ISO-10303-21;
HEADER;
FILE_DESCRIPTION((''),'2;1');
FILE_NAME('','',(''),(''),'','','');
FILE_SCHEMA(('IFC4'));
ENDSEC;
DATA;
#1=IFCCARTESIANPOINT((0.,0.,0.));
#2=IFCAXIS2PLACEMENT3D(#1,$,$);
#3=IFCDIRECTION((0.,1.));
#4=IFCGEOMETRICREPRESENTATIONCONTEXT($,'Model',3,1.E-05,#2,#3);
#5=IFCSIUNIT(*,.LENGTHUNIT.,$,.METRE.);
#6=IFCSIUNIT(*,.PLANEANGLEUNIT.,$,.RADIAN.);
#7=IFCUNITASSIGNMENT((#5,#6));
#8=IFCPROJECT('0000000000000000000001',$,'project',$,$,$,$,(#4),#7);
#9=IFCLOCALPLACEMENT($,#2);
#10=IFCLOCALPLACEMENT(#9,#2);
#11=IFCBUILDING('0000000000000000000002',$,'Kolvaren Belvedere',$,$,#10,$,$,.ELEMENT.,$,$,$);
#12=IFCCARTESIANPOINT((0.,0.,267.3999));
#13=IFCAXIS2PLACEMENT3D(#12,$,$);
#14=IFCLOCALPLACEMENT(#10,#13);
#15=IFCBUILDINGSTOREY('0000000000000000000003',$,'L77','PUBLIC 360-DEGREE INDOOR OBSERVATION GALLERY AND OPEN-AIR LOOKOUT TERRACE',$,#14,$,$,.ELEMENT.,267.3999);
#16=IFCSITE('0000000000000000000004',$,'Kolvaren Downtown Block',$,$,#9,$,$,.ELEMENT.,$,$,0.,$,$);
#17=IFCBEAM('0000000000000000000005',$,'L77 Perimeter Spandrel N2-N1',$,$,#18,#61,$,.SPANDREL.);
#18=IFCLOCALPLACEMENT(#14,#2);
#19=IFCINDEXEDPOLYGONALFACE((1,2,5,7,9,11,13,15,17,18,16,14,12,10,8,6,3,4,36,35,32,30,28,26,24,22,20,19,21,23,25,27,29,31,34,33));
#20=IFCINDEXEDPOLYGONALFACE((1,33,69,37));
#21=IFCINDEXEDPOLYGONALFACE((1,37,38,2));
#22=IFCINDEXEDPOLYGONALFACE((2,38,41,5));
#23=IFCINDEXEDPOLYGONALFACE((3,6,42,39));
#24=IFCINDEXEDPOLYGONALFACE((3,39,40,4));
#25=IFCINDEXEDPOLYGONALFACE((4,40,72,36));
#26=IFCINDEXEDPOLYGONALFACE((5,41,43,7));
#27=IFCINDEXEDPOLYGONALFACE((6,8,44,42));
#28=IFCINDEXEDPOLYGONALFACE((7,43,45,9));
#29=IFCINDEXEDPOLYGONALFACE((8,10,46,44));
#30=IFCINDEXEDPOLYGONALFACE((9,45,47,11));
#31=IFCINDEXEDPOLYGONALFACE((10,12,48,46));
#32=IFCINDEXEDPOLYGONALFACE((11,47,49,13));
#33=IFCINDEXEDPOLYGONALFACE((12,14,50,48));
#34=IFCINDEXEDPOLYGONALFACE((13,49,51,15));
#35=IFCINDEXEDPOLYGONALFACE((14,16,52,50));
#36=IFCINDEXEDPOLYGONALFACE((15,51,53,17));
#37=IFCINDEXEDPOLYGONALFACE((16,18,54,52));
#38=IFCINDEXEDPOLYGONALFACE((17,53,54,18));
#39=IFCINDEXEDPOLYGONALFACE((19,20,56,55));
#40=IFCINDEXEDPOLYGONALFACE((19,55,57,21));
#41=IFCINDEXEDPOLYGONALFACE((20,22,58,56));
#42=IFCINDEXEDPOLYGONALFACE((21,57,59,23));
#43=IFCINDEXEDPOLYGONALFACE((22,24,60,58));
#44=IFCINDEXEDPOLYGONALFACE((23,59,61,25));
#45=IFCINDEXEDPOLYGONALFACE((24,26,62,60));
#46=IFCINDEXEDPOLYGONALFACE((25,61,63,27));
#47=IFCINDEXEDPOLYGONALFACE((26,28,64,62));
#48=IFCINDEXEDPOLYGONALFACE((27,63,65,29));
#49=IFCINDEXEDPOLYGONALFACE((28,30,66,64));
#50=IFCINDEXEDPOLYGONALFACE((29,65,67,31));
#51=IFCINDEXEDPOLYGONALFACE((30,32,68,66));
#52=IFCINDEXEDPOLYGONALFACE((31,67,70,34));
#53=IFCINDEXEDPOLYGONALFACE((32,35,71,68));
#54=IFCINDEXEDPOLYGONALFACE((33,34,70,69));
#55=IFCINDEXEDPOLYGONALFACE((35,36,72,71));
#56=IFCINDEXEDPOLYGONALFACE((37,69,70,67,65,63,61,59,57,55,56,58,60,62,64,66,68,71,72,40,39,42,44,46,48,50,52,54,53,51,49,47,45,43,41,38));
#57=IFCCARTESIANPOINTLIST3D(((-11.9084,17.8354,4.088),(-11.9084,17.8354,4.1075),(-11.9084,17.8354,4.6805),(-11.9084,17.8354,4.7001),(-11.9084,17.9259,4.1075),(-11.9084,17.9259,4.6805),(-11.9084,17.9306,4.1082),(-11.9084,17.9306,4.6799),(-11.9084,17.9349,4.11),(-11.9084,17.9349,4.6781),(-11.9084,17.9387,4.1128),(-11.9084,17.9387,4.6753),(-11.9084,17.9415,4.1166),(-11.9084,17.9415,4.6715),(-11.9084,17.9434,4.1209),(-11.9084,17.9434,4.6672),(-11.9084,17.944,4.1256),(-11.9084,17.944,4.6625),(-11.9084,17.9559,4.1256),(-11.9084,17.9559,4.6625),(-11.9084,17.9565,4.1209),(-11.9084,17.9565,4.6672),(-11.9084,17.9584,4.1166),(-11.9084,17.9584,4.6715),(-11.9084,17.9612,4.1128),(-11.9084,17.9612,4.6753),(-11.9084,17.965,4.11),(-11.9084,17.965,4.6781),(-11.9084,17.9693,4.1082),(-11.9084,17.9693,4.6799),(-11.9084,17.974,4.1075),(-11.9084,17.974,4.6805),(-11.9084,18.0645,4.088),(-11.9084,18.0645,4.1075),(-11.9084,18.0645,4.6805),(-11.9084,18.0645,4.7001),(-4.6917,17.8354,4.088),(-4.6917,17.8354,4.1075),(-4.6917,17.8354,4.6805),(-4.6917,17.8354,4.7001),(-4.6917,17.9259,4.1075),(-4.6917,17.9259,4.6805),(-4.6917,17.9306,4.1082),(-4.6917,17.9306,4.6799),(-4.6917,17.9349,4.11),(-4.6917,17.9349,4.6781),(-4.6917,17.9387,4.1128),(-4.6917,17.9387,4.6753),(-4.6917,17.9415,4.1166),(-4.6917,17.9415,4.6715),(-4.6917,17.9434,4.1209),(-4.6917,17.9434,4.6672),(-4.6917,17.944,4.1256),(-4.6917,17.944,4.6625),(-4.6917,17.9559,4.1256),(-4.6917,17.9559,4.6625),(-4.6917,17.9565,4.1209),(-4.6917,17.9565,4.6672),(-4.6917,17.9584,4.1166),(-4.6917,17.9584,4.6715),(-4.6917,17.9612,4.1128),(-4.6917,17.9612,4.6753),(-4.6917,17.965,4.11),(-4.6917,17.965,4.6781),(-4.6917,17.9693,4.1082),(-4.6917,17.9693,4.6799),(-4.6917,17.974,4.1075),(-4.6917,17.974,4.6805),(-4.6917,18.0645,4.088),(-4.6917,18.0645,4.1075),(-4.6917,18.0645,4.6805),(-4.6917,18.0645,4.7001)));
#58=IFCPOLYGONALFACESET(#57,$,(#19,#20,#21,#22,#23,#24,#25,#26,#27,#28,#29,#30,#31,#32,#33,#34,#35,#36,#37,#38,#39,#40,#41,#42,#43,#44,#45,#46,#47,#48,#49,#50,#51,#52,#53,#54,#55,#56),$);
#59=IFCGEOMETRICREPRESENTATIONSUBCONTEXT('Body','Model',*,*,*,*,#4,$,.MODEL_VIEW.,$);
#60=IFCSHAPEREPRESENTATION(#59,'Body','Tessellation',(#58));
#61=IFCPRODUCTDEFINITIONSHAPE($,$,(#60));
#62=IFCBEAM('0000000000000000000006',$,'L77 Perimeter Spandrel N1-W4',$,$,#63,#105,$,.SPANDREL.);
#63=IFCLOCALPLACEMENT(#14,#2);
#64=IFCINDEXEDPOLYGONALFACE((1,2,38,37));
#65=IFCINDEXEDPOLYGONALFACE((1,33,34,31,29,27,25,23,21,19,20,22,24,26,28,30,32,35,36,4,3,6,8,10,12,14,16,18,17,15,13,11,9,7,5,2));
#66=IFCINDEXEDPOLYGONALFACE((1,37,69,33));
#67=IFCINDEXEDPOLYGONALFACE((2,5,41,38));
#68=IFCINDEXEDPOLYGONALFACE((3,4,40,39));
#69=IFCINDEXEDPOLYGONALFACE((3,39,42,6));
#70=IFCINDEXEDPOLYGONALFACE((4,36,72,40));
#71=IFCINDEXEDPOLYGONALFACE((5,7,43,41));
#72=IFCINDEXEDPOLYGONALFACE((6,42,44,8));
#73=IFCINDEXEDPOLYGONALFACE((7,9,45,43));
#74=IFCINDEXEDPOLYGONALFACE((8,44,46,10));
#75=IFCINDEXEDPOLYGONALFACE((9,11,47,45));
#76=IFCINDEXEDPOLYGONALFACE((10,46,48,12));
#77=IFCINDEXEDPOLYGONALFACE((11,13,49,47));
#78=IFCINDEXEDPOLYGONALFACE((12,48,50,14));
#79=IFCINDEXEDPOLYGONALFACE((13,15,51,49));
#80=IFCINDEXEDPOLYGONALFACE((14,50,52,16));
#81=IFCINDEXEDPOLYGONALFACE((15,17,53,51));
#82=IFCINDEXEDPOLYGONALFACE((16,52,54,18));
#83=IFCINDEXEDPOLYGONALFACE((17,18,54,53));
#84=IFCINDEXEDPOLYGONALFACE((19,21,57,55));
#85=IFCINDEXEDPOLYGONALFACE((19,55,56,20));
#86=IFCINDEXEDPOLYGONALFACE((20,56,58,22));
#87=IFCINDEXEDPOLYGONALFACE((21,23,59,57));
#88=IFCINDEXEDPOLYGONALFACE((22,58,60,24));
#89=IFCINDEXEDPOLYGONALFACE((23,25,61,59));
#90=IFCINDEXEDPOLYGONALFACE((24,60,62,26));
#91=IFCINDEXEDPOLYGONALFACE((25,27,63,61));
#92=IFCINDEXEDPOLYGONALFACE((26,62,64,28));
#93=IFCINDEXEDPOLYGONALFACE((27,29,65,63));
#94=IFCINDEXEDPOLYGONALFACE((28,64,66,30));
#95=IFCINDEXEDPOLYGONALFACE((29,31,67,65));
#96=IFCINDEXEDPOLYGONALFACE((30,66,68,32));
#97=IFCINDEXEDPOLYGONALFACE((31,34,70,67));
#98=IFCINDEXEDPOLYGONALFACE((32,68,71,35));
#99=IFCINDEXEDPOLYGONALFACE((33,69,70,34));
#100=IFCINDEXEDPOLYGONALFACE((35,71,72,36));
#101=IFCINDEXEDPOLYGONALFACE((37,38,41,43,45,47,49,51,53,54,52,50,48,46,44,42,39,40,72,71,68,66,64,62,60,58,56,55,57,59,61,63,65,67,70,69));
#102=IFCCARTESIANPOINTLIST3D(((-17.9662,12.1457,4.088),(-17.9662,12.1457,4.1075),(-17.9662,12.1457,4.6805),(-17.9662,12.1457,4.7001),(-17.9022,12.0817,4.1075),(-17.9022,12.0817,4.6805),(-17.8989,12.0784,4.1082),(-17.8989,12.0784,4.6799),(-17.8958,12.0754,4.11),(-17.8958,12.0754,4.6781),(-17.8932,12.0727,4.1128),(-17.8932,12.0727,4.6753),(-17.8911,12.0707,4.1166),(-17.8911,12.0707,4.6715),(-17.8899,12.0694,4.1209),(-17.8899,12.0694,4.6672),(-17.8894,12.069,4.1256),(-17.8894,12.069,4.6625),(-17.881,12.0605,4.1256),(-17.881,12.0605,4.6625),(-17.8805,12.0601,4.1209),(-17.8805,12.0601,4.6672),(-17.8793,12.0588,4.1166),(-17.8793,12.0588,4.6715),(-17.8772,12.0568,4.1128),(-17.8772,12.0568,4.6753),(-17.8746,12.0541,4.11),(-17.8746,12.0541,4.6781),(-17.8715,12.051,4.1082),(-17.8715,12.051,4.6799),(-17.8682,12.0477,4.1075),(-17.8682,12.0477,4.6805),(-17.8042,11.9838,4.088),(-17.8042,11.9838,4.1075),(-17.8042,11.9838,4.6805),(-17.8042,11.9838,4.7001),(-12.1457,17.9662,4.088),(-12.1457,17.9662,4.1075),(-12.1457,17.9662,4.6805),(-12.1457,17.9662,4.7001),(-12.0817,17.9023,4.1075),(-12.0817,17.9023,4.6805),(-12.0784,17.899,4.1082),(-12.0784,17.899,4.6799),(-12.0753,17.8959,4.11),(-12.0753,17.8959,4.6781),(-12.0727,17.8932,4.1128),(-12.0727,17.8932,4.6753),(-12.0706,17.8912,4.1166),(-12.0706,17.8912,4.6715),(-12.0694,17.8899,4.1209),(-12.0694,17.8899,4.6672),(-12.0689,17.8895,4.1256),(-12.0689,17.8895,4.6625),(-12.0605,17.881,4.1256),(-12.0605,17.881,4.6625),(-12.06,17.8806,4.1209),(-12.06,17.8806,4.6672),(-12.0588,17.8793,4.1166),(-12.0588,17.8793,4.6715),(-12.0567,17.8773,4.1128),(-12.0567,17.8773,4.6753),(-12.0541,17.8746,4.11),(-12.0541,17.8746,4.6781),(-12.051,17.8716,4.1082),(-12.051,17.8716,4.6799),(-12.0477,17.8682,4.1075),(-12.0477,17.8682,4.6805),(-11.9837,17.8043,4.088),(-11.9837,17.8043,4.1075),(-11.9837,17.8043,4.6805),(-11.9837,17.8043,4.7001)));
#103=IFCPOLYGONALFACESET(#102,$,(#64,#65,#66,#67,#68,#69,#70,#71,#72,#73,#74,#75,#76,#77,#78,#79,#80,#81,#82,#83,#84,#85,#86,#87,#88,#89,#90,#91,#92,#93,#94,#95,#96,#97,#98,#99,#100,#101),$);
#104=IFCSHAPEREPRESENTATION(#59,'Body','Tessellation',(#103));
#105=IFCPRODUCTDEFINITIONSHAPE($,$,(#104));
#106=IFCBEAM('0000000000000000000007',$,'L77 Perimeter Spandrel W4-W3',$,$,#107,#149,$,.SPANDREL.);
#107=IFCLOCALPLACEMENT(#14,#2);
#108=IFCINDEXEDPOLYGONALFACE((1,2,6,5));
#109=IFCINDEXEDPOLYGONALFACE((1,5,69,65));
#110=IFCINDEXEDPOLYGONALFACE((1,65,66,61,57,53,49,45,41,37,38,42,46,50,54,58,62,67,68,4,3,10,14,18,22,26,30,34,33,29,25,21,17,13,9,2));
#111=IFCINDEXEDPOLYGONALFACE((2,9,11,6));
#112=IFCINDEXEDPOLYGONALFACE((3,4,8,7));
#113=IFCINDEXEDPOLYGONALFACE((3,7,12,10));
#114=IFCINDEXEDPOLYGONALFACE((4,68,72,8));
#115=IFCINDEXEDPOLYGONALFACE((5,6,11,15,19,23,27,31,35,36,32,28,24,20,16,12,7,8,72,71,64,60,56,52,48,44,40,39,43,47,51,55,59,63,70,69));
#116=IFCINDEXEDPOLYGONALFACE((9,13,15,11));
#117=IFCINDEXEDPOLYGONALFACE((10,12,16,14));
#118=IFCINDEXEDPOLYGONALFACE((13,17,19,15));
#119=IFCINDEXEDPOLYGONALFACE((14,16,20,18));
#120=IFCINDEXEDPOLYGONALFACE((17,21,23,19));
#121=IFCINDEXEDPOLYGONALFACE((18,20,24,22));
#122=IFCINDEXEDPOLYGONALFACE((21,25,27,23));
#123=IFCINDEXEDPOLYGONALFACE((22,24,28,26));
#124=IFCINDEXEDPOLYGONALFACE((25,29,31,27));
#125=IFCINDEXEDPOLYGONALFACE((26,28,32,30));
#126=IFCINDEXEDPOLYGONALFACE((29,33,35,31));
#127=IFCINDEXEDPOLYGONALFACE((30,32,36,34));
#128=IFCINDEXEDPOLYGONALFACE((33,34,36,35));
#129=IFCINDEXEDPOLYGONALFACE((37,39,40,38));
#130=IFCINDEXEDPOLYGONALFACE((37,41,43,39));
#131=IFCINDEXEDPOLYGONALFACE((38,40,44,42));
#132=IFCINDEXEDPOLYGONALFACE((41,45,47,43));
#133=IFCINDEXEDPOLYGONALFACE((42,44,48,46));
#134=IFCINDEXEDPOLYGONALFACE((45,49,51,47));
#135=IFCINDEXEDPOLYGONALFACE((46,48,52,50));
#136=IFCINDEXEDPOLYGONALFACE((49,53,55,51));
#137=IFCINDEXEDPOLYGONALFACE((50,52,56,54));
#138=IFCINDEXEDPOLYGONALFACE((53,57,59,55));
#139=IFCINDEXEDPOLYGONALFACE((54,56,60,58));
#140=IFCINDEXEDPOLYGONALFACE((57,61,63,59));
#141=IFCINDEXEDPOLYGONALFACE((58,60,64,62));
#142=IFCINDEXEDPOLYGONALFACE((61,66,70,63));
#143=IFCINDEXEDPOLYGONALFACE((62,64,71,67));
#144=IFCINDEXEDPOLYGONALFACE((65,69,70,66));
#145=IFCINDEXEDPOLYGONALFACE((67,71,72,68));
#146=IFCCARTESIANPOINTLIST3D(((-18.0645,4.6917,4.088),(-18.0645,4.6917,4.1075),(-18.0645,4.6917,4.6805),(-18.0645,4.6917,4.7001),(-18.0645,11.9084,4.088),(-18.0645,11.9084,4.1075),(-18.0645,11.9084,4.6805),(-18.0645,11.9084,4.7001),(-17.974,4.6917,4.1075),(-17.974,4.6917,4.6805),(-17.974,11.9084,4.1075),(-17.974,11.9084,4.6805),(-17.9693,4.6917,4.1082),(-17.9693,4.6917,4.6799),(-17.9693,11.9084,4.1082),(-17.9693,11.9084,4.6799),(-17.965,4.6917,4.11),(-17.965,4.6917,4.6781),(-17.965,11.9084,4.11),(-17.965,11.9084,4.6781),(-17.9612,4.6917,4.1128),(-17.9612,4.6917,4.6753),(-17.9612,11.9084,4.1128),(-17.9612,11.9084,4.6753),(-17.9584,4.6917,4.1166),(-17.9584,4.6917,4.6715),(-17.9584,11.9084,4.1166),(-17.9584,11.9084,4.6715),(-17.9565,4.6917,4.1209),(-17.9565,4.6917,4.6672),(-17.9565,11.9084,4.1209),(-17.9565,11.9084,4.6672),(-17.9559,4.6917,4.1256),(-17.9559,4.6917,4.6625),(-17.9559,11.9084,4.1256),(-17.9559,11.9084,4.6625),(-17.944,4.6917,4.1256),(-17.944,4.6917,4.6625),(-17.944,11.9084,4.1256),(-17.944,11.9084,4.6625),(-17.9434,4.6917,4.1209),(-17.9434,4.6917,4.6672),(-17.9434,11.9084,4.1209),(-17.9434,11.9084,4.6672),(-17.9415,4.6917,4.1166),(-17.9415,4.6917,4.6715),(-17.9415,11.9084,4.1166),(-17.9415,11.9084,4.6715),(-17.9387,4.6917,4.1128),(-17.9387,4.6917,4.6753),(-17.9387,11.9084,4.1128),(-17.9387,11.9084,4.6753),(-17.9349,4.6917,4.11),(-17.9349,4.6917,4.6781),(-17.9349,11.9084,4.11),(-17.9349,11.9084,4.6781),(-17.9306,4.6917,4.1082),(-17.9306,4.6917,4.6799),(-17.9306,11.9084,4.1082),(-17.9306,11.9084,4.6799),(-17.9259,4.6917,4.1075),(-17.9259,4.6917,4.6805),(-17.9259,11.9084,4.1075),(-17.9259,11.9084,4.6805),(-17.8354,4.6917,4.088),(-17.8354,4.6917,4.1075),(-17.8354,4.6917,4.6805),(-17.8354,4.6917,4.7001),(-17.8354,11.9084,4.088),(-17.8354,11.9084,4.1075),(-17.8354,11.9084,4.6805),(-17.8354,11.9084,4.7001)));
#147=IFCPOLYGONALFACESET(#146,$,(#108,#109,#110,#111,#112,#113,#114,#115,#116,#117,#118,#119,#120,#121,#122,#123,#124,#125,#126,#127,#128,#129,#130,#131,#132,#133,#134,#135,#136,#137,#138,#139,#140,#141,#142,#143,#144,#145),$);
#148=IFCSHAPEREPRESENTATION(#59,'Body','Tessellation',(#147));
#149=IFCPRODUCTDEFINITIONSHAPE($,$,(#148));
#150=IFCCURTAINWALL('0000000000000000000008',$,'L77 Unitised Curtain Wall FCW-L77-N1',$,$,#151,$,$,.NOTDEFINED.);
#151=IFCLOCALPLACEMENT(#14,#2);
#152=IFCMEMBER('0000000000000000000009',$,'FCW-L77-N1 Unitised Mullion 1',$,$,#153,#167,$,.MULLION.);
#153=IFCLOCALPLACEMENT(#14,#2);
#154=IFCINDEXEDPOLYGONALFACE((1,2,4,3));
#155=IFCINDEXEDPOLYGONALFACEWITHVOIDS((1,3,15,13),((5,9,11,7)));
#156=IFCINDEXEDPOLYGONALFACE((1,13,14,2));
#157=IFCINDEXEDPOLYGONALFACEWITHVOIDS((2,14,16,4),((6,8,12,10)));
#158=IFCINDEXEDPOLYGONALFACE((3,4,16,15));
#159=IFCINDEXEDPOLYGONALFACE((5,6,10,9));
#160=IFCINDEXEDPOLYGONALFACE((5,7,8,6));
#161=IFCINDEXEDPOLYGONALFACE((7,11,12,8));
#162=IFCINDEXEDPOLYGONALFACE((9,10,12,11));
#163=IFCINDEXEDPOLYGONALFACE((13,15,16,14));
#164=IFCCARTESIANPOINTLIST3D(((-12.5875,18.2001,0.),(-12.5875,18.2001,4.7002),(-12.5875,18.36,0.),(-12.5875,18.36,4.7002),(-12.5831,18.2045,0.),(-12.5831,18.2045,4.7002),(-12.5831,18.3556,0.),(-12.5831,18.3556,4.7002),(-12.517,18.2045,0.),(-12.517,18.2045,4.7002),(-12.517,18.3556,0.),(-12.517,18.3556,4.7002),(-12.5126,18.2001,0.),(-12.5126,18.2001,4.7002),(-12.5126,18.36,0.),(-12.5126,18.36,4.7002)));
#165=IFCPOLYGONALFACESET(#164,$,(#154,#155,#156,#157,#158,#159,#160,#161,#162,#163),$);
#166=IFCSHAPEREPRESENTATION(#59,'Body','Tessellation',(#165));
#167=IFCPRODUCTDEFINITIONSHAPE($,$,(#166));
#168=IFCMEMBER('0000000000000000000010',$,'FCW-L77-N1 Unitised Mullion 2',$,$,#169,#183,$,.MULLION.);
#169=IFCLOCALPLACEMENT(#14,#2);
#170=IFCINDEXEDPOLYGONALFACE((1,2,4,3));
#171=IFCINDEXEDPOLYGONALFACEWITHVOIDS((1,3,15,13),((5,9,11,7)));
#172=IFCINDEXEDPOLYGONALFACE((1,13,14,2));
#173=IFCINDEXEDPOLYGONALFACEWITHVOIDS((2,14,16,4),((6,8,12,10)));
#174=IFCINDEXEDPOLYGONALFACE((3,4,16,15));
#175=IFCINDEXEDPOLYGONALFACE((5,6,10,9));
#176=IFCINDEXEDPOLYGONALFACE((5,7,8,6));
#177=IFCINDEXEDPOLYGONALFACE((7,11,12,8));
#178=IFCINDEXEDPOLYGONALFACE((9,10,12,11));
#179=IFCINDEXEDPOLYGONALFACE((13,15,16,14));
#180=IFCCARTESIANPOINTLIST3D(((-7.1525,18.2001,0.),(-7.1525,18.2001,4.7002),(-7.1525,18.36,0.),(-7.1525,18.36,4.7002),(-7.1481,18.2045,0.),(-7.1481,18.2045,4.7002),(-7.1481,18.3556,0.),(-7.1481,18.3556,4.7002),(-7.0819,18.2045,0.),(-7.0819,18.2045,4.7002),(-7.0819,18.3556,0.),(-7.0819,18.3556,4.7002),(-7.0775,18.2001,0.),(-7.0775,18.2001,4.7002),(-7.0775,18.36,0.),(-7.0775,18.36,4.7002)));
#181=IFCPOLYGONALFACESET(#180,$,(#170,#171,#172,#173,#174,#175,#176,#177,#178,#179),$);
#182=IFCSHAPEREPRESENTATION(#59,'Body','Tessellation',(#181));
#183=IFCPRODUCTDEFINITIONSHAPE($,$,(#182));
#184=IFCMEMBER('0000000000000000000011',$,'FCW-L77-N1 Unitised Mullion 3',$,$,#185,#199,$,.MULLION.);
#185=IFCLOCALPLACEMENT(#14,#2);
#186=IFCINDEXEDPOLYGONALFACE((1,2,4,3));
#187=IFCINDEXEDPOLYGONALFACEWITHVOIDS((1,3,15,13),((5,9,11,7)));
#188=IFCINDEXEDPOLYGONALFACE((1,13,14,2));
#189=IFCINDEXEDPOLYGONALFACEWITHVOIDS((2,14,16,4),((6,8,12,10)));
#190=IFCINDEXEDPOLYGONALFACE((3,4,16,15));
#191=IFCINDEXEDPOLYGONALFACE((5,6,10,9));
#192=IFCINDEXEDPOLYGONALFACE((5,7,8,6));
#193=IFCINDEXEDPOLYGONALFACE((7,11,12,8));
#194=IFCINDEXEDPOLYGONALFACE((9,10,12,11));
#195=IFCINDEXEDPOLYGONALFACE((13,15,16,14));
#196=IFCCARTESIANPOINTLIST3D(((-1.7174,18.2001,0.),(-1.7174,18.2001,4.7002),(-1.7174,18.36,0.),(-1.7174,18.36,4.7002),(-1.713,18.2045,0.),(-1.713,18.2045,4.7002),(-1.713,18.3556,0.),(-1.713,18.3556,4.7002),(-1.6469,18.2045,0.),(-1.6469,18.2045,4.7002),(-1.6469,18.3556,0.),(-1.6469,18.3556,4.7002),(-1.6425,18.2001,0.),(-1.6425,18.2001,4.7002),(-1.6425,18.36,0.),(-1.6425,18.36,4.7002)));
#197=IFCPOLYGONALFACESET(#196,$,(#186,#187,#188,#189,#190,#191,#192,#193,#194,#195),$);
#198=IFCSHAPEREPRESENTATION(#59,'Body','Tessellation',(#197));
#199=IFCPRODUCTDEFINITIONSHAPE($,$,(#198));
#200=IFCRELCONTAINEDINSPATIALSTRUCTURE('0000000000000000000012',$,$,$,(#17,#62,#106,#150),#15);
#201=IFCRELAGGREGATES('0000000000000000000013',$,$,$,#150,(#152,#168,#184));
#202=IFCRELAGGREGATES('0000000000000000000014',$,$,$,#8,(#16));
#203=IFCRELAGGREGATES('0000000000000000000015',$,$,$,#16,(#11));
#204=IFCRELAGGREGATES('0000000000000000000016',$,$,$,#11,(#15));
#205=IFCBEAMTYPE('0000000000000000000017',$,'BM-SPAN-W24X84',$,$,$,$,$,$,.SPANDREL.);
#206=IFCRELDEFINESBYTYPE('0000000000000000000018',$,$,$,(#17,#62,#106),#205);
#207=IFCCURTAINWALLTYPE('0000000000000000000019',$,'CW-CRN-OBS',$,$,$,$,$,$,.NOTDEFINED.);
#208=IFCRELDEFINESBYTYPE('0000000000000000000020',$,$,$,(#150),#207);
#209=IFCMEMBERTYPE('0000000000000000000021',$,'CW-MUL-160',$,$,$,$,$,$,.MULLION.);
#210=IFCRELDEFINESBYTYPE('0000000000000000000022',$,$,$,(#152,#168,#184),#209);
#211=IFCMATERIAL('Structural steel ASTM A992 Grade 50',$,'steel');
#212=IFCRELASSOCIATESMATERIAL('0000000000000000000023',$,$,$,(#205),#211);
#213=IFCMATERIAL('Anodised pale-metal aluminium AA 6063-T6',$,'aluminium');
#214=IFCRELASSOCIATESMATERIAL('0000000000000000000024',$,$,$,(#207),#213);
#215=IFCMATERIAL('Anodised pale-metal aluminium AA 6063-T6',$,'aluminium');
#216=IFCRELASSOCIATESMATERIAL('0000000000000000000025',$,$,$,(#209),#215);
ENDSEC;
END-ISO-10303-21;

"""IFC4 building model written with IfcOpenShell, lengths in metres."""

from ifc_helpers import new_model, si_unit, direction, frame, origin, origin_2d, place, context, subcontext, project, spatial, hollow_rectangle, i_section, extrude, material, material_profile, profile_set, type_object, element, aggregate, save


model = new_model("IFC4")

# Units and contexts
model_context = context("Model", 3, precision=1e-05, world=origin(), true_north=direction((0.0, 1.0)))
body_context = subcontext(model_context, "Body", "Model", "MODEL_VIEW")
ifc_project = project(units=[si_unit("LENGTHUNIT", "METRE"), si_unit("PLANEANGLEUNIT", "RADIAN")], contexts=[model_context])

# Site, building, storey
site_placement = place(None, origin())
site = spatial("IfcSite", under=ifc_project, at=site_placement, Name="Kolvaren Downtown Block", CompositionType="ELEMENT", RefElevation=0.0)
building_placement = place(site_placement, origin())
building = spatial("IfcBuilding", under=site, at=building_placement, Name="Kolvaren Belvedere", CompositionType="ELEMENT")
storey_placement = place(building_placement, frame((0.0, 0.0, 267.3999)))
storey = spatial("IfcBuildingStorey", under=building, at=storey_placement, Name="L77", Description="PUBLIC 360-DEGREE INDOOR OBSERVATION GALLERY AND OPEN-AIR LOOKOUT TERRACE", CompositionType="ELEMENT", Elevation=267.3999)

# Beams
ifc_material_1 = material(Name="Structural steel ASTM A992 Grade 50", Category="steel")
ifc_material_profile_1 = material_profile(ifc_material_1, i_section(OverallWidth=0.229, OverallDepth=0.6121, WebThickness=0.012, FlangeThickness=0.0195, FilletRadius=0.0181, at=origin_2d()), Name="W24X84")
ifc_profile_set_1 = profile_set([ifc_material_profile_1], Name="Structural steel ASTM A992 Grade 50")
beam_type_1 = type_object("IfcBeamType", Name="BM-SPAN-W24X84", PredefinedType="SPANDREL", material=ifc_profile_set_1)
beam_1_placement = place(storey_placement, frame((-4.6917, 17.95, 4.394), z_axis=(-1.0, 0.0, 0.0), x_axis=(0.0, -1.0, 0.0)))
element("IfcBeam", 1, at=beam_1_placement, inside=storey, type_object=beam_type_1, Name="L77 Perimeter Spandrel N2-N1", PredefinedType="SPANDREL", context=body_context, shape_type="SweptSolid", body=[
    extrude(i_section(OverallWidth=0.229, OverallDepth=0.6121, WebThickness=0.012, FlangeThickness=0.0195, FilletRadius=0.0181, at=origin_2d()), origin(), (0.0, 0.0, 1.0), 7.2168),
])
beam_2_placement = place(storey_placement, frame((-12.0647, 17.8853, 4.394), z_axis=(-0.707107, -0.707107, 0.0), x_axis=(0.707107, -0.707107, 0.0)))
element("IfcBeam", 2, at=beam_2_placement, inside=storey, type_object=beam_type_1, Name="L77 Perimeter Spandrel N1-W4", PredefinedType="SPANDREL", context=body_context, shape_type="SweptSolid", body=[
    extrude(i_section(OverallWidth=0.229, OverallDepth=0.6121, WebThickness=0.012, FlangeThickness=0.0195, FilletRadius=0.0181, at=origin_2d()), origin(), (0.0, 0.0, 1.0), 8.2314),
])
beam_3_placement = place(storey_placement, frame((-17.95, 11.9084, 4.394), z_axis=(0.0, -1.0, 0.0), x_axis=(1.0, 0.0, 0.0)))
element("IfcBeam", 3, at=beam_3_placement, inside=storey, type_object=beam_type_1, Name="L77 Perimeter Spandrel W4-W3", PredefinedType="SPANDREL", context=body_context, shape_type="SweptSolid", body=[
    extrude(i_section(OverallWidth=0.229, OverallDepth=0.6121, WebThickness=0.012, FlangeThickness=0.0195, FilletRadius=0.0181, at=origin_2d()), origin(), (0.0, 0.0, 1.0), 7.2168),
])

# Curtain wall, members
ifc_material_2 = material(Name="Anodised pale-metal aluminium AA 6063-T6", Category="aluminium")
curtain_wall_type = type_object("IfcCurtainWallType", Name="CW-CRN-OBS", PredefinedType="NOTDEFINED", material=ifc_material_2)
curtain_wall_1_placement = place(storey_placement, origin())
curtain_wall_1 = element("IfcCurtainWall", 4, at=curtain_wall_1_placement, inside=storey, type_object=curtain_wall_type, Name="L77 Unitised Curtain Wall FCW-L77-N1", PredefinedType="NOTDEFINED")
ifc_material_3 = material(Name="Anodised pale-metal aluminium AA 6063-T6", Category="aluminium")
ifc_material_profile_2 = material_profile(ifc_material_3, hollow_rectangle(XDim=0.075, YDim=0.1599, WallThickness=0.0044, at=origin_2d()), Name="ALU-MUL-160X75")
ifc_profile_set_2 = profile_set([ifc_material_profile_2], Name="Anodised pale-metal aluminium AA 6063-T6")
member_type_1 = type_object("IfcMemberType", Name="CW-MUL-160", PredefinedType="MULLION", material=ifc_profile_set_2)
member_1_placement = place(storey_placement, frame((-12.55, 18.28, 0.0), z_axis=(0.0, 0.0, 1.0), x_axis=(1.0, 0.0, 0.0)))
member_1 = element("IfcMember", 5, at=member_1_placement, type_object=member_type_1, Name="FCW-L77-N1 Unitised Mullion 1", PredefinedType="MULLION", context=body_context, shape_type="SweptSolid", body=[
    extrude(hollow_rectangle(XDim=0.075, YDim=0.1599, WallThickness=0.0044, at=origin_2d()), origin(), (0.0, 0.0, 1.0), 4.7002),
])
member_2_placement = place(storey_placement, frame((-7.115, 18.28, 0.0), z_axis=(0.0, 0.0, 1.0), x_axis=(1.0, 0.0, 0.0)))
member_2 = element("IfcMember", 6, at=member_2_placement, type_object=member_type_1, Name="FCW-L77-N1 Unitised Mullion 2", PredefinedType="MULLION", context=body_context, shape_type="SweptSolid", body=[
    extrude(hollow_rectangle(XDim=0.075, YDim=0.1599, WallThickness=0.0044, at=origin_2d()), origin(), (0.0, 0.0, 1.0), 4.7002),
])
member_3_placement = place(storey_placement, frame((-1.6799, 18.28, 0.0), z_axis=(0.0, 0.0, 1.0), x_axis=(1.0, 0.0, 0.0)))
member_3 = element("IfcMember", 7, at=member_3_placement, type_object=member_type_1, Name="FCW-L77-N1 Unitised Mullion 3", PredefinedType="MULLION", context=body_context, shape_type="SweptSolid", body=[
    extrude(hollow_rectangle(XDim=0.075, YDim=0.1599, WallThickness=0.0044, at=origin_2d()), origin(), (0.0, 0.0, 1.0), 4.7002),
])

aggregate(curtain_wall_1, [member_1, member_2, member_3])

save(model, "model.ifc")
